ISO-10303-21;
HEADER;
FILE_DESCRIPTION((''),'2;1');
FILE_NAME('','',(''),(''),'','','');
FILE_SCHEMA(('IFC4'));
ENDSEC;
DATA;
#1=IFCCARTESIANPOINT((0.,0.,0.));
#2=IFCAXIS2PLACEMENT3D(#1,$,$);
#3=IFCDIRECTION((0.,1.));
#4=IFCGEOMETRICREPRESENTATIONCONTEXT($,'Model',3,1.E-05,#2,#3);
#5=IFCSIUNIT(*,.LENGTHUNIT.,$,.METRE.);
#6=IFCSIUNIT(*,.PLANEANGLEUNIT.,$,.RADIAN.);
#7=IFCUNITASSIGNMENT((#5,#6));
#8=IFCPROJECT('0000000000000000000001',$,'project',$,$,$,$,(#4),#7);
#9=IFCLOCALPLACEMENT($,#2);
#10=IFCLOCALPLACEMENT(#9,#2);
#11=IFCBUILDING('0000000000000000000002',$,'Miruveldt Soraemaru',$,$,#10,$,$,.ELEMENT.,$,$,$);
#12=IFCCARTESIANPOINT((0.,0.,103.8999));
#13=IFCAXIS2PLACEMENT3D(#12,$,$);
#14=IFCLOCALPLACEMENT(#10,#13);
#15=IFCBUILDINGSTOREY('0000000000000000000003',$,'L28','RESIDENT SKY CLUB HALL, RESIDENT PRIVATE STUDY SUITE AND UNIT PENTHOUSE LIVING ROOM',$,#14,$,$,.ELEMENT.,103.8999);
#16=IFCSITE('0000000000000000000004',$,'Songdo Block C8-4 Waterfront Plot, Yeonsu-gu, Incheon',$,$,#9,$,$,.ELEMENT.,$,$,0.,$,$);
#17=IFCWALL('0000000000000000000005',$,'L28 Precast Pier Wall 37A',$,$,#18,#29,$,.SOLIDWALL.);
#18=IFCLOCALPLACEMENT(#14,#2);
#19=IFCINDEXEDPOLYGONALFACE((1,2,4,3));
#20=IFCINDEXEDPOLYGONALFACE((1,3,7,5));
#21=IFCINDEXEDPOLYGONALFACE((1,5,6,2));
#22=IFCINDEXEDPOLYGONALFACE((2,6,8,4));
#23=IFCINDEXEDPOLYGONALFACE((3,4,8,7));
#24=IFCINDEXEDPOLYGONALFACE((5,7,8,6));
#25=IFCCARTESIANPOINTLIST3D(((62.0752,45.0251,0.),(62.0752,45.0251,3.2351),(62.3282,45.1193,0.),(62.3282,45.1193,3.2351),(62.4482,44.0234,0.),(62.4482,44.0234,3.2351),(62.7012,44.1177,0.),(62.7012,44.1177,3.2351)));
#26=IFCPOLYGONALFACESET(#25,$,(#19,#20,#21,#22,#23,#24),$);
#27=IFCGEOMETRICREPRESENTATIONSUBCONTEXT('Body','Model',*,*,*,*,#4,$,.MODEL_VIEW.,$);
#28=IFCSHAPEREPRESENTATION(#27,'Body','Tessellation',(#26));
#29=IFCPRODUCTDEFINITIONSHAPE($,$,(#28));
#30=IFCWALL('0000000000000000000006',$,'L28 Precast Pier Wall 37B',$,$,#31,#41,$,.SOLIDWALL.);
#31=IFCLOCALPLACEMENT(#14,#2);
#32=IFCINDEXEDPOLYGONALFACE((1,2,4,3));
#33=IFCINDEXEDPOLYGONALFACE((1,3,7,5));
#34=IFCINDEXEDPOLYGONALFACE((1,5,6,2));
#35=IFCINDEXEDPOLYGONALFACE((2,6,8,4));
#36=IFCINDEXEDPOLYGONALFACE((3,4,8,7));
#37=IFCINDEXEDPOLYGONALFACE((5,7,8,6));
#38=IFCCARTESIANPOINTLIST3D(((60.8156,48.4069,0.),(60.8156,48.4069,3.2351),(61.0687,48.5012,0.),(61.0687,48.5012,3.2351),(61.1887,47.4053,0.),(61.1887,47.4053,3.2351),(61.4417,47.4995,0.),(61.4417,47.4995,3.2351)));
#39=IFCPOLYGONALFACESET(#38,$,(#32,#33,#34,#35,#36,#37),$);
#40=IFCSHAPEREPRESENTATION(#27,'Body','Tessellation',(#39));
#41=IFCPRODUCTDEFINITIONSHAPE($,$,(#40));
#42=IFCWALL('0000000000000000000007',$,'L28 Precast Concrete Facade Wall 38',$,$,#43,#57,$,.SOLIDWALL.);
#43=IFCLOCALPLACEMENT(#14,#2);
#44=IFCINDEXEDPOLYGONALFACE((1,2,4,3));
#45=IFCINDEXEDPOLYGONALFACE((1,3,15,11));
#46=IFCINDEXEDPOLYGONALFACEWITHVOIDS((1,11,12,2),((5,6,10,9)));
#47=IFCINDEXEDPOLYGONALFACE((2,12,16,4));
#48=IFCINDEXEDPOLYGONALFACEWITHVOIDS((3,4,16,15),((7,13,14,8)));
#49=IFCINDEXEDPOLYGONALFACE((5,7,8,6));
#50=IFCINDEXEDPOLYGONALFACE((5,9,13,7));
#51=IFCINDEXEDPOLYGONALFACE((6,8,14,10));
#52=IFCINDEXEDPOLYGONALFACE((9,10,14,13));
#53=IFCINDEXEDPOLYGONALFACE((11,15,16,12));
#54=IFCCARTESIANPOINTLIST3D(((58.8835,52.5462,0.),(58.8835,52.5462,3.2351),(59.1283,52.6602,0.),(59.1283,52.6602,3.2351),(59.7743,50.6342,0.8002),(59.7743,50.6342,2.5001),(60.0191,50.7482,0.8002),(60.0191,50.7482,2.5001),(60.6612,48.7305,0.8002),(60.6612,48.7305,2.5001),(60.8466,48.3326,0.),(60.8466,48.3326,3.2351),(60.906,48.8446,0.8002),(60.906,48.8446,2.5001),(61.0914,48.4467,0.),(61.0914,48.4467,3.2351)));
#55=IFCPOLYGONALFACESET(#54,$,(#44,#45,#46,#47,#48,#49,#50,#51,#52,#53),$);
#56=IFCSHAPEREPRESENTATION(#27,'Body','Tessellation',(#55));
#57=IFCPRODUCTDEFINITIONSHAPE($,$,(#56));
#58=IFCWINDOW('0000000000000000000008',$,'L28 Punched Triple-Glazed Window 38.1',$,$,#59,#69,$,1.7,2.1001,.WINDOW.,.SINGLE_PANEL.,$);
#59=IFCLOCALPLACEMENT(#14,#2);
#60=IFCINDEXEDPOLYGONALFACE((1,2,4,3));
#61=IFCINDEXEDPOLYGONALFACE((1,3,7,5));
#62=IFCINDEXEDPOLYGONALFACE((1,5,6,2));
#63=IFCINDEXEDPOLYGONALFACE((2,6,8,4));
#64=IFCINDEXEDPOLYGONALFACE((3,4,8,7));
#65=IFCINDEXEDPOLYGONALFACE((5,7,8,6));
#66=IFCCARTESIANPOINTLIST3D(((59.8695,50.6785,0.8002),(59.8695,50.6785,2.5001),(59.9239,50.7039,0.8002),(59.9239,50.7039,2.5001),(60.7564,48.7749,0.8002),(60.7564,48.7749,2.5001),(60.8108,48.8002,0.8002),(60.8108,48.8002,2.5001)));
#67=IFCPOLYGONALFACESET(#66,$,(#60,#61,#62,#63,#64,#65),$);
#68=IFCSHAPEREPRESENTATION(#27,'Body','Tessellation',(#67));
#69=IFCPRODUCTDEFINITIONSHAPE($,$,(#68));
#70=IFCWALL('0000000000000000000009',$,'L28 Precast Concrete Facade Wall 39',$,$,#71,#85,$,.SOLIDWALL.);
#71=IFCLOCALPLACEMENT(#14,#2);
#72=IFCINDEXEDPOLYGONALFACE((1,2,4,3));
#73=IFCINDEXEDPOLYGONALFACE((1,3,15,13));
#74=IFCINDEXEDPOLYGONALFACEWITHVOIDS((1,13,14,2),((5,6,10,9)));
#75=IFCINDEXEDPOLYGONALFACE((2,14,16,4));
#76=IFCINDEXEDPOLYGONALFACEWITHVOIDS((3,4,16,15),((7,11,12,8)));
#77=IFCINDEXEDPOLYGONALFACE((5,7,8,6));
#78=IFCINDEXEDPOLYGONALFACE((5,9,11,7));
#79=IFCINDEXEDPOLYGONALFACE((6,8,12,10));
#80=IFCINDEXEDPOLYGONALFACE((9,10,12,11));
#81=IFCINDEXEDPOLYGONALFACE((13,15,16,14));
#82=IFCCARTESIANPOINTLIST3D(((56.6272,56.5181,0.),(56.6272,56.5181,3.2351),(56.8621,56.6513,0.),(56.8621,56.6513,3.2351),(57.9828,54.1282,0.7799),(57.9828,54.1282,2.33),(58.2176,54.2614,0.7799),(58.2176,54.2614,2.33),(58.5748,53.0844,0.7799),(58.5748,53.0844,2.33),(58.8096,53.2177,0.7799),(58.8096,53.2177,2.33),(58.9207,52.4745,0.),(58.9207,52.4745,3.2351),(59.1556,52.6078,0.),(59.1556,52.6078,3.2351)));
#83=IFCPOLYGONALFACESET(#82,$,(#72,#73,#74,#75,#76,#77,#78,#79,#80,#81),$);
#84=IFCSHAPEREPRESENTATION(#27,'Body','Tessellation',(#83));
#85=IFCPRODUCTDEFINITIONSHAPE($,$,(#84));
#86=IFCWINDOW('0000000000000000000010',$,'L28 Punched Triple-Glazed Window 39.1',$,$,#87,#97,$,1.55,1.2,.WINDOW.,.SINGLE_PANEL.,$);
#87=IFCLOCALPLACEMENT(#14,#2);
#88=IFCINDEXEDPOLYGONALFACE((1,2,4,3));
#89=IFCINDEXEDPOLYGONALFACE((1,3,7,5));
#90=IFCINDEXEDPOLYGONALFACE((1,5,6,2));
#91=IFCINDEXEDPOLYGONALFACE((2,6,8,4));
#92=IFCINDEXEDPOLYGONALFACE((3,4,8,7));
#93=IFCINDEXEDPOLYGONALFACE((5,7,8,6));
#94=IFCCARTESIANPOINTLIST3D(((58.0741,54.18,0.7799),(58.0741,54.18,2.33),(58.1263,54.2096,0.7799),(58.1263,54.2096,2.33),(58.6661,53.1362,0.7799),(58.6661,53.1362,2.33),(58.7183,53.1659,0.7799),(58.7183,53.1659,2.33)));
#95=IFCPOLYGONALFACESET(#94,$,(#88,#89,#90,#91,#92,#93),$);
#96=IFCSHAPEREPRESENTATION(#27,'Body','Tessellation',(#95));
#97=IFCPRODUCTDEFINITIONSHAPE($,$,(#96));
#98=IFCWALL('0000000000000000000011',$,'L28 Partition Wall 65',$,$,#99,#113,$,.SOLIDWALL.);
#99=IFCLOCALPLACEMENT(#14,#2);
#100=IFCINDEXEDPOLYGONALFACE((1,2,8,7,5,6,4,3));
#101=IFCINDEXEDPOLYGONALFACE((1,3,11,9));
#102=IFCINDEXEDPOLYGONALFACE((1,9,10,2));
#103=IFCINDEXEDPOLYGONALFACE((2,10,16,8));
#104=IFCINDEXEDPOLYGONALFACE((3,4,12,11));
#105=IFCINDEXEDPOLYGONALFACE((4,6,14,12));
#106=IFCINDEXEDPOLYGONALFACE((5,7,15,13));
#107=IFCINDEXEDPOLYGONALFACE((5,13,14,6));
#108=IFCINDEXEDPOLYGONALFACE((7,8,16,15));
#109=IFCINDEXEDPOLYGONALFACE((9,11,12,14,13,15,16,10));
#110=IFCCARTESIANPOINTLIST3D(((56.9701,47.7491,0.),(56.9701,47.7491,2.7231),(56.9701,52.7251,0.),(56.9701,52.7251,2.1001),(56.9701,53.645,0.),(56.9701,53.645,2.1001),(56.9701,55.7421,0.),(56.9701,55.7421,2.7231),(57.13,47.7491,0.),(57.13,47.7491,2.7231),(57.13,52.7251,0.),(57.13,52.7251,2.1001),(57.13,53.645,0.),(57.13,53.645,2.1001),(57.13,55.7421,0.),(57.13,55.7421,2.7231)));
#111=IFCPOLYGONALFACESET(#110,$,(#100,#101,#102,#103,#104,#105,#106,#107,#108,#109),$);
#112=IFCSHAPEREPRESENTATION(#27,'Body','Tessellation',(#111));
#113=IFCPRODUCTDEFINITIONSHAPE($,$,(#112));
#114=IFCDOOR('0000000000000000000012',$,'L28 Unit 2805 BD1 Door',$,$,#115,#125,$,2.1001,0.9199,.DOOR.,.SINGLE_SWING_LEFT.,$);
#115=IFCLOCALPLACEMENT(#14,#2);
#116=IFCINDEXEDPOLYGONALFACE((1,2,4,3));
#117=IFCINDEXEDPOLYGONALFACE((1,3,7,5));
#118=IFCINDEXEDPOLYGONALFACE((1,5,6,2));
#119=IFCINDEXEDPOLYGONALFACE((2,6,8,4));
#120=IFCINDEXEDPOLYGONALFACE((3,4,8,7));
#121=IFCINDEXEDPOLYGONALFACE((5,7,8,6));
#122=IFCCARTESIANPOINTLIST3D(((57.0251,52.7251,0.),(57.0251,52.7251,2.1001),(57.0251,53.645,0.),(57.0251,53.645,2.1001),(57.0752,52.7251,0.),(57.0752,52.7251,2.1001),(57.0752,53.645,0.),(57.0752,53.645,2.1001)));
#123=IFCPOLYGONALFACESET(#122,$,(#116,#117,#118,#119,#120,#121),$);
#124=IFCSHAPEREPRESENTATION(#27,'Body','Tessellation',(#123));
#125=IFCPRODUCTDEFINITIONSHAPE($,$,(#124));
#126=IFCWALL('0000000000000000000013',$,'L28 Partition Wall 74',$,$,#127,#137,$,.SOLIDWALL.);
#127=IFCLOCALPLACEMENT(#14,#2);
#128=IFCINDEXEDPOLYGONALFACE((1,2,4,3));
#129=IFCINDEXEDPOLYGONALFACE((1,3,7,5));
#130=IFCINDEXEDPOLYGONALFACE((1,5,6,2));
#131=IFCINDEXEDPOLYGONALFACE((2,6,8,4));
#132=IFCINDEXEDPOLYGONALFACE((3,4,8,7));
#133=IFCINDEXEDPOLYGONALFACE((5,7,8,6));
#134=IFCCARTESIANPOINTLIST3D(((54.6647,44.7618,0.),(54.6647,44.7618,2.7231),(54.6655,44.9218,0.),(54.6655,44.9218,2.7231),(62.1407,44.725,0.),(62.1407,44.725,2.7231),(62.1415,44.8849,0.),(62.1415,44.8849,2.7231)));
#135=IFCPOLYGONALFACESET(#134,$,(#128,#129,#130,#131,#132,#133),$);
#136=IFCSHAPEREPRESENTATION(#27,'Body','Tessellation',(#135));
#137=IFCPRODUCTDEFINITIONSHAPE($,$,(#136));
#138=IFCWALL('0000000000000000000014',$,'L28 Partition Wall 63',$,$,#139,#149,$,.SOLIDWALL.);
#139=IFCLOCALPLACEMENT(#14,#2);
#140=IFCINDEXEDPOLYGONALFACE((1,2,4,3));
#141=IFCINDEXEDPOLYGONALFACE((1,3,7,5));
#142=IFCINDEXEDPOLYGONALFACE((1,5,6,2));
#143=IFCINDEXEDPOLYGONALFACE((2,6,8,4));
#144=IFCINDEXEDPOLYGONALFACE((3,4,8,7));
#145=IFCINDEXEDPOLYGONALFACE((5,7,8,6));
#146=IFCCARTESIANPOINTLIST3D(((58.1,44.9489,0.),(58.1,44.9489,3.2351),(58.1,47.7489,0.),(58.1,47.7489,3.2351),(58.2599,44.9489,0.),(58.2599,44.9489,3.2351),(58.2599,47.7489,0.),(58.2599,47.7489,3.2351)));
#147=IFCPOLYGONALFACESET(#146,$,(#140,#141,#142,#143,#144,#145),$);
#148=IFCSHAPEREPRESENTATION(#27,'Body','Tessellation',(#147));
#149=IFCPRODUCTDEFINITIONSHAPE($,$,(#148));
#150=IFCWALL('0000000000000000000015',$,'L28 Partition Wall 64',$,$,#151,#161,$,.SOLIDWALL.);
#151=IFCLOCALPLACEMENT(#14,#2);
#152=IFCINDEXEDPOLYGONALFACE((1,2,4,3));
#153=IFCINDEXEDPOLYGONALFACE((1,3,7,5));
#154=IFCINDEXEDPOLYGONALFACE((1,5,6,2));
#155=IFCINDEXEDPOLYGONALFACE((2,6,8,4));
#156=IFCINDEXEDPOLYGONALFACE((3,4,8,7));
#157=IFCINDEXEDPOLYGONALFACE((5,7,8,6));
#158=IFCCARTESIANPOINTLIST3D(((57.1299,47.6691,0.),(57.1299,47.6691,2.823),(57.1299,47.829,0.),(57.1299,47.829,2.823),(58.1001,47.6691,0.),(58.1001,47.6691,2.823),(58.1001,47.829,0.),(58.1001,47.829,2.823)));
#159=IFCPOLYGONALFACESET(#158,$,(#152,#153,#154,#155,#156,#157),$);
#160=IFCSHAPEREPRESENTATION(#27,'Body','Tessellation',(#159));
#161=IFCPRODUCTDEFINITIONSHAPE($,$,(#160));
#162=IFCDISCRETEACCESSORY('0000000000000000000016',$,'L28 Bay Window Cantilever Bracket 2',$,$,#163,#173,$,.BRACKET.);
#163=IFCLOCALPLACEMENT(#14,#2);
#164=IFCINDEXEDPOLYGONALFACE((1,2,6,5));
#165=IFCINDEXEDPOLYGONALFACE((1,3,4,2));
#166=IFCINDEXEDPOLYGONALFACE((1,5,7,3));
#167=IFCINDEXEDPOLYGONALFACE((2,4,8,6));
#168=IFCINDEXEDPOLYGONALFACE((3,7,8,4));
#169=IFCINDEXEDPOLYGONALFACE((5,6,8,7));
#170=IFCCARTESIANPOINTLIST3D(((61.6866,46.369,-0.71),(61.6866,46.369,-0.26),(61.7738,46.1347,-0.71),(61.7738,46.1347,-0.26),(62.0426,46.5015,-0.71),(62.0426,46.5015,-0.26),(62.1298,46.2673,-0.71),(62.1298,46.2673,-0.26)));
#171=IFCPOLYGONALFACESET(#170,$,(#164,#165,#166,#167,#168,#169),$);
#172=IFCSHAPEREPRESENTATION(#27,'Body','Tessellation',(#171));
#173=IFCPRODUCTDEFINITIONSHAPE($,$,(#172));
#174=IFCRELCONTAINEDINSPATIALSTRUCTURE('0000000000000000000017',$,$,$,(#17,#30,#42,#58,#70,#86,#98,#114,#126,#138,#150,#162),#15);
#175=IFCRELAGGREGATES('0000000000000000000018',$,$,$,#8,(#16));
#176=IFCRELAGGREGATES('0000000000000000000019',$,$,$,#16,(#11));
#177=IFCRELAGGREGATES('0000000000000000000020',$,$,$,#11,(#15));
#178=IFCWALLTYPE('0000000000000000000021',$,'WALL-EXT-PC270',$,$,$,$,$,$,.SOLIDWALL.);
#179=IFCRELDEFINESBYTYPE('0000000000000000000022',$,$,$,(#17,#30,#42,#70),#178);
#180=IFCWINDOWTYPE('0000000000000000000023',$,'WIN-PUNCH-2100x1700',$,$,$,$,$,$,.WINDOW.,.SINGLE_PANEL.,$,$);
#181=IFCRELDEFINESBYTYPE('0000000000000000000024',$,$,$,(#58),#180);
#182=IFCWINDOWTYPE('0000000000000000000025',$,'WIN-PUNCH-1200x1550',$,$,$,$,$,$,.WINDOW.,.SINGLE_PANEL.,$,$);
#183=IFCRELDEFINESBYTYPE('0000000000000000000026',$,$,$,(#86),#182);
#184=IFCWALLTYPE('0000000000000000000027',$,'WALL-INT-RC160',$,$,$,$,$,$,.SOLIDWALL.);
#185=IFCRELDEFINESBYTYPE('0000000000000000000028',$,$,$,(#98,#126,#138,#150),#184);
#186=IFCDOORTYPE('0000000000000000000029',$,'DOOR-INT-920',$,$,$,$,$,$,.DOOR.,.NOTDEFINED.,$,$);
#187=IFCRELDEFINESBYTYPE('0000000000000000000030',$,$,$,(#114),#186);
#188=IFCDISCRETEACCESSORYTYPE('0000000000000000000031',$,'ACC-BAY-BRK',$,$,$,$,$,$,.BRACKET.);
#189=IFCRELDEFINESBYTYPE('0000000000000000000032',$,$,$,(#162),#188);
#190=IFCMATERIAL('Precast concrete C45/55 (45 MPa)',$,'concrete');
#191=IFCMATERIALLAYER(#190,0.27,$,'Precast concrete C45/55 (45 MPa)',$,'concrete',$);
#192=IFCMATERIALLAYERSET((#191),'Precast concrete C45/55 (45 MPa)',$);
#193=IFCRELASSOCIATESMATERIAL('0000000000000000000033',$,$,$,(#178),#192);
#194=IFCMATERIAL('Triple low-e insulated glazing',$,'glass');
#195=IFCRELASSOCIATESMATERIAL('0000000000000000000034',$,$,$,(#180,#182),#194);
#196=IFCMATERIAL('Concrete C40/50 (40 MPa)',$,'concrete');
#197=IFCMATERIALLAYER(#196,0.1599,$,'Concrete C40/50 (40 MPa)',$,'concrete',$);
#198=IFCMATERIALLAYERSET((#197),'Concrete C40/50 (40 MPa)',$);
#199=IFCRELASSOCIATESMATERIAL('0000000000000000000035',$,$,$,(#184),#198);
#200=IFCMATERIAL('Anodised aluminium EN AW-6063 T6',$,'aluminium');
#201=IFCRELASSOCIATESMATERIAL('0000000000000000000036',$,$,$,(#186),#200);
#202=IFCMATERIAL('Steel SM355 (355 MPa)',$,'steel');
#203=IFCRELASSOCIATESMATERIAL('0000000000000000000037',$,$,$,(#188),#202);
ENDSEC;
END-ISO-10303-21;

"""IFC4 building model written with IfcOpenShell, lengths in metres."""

from ifc_helpers import new_model, si_unit, direction, frame, frame_2d, origin, origin_2d, place, context, subcontext, project, spatial, rectangle, extrude, material, layer, layer_set, type_object, element, fill, save


model = new_model("IFC4")

# Units and contexts
model_context = context("Model", 3, precision=1e-05, world=origin(), true_north=direction((0.0, 1.0)))
body_context = subcontext(model_context, "Body", "Model", "MODEL_VIEW")
ifc_project = project(units=[si_unit("LENGTHUNIT", "METRE"), si_unit("PLANEANGLEUNIT", "RADIAN")], contexts=[model_context])

# Site, building, storey
site_placement = place(None, origin())
site = spatial("IfcSite", under=ifc_project, at=site_placement, Name="Songdo Block C8-4 Waterfront Plot, Yeonsu-gu, Incheon", CompositionType="ELEMENT", RefElevation=0.0)
building_placement = place(site_placement, origin())
building = spatial("IfcBuilding", under=site, at=building_placement, Name="Miruveldt Soraemaru", CompositionType="ELEMENT")
storey_placement = place(building_placement, frame((0.0, 0.0, 103.8999)))
storey = spatial("IfcBuildingStorey", under=building, at=storey_placement, Name="L28", Description="RESIDENT SKY CLUB HALL, RESIDENT PRIVATE STUDY SUITE AND UNIT PENTHOUSE LIVING ROOM", CompositionType="ELEMENT", Elevation=103.8999)

# Shared definitions
ifc_material_1 = material(Name="Steel SM355 (355 MPa)", Category="steel")

# Shared definitions
ifc_material_2 = material(Name="Anodised aluminium EN AW-6063 T6", Category="aluminium")

# Shared definitions
ifc_material_3 = material(Name="Triple low-e insulated glazing", Category="glass")

# Walls
ifc_material_4 = material(Name="Precast concrete C45/55 (45 MPa)", Category="concrete")
ifc_layer_1 = layer(ifc_material_4, 0.27, Name="Precast concrete C45/55 (45 MPa)", Category="concrete")
ifc_layer_set_1 = layer_set([ifc_layer_1], Name="Precast concrete C45/55 (45 MPa)")
wall_type_1 = type_object("IfcWallType", Name="WALL-EXT-PC270", PredefinedType="SOLIDWALL", material=ifc_layer_set_1)
for number, where, z_axis, x_axis, name in (
    (1, (62.5747, 44.0706, 0.0), (0.0, 0.0, 1.0), (-0.348995, 0.937125, 0.0), "L28 Precast Pier Wall 37A"),
    (2, (61.3152, 47.4524, 0.0), (0.0, 0.0, 1.0), (-0.348995, 0.937125, 0.0), "L28 Precast Pier Wall 37B"),
):
    element("IfcWall", number, at=place(storey_placement, frame(where, z_axis=z_axis, x_axis=x_axis)), inside=storey, type_object=wall_type_1, Name=name, PredefinedType="SOLIDWALL", context=body_context, shape_type="SweptSolid", body=[
        extrude(rectangle(XDim=1.0688, YDim=0.27, at=frame_2d((0.5344, 0.0))), origin(), (0.0, 0.0, 1.0), 3.2351),
    ])

# Walls, openings, windows
wall_1_placement = place(storey_placement, frame((60.969, 48.3896, 0.0), z_axis=(0.0, 0.0, 1.0), x_axis=(-0.422316, 0.906449, 0.0)))
wall_1 = element("IfcWall", 3, at=wall_1_placement, inside=storey, type_object=wall_type_1, Name="L28 Precast Concrete Facade Wall 38", PredefinedType="SOLIDWALL", context=body_context, shape_type="SweptSolid", body=[
    extrude(rectangle(XDim=4.6484, YDim=0.27, at=frame_2d((2.3242, 0.0))), origin(), (0.0, 0.0, 1.0), 3.2351),
])
opening_1_placement = place(wall_1_placement, frame((0.439, 0.0, 0.8)))
opening_1 = element("IfcOpeningElement", 4, at=opening_1_placement, cuts=wall_1, PredefinedType="OPENING", context=body_context, shape_type="SweptSolid", body=[
    extrude(rectangle(XDim=2.1001, YDim=1.7, at=frame_2d((1.05, 0.8501))), frame((0.0, 0.145, 0.0), z_axis=(0.0, -1.0, 0.0), x_axis=(1.0, 0.0, 0.0)), (0.0, 0.0, 1.0), 0.29),
])
window_type_1 = type_object("IfcWindowType", Name="WIN-PUNCH-2100x1700", PartitioningType="SINGLE_PANEL", PredefinedType="WINDOW", material=ifc_material_3)
window_1_placement = place(opening_1_placement, origin())
window_1 = element("IfcWindow", 5, at=window_1_placement, inside=storey, type_object=window_type_1, Name="L28 Punched Triple-Glazed Window 38.1", OverallHeight=1.7, OverallWidth=2.1001, PartitioningType="SINGLE_PANEL", PredefinedType="WINDOW", context=body_context, shape_type="SweptSolid", body=[
    extrude(rectangle(XDim=2.1001, YDim=1.7, at=frame_2d((1.05, 0.8501))), frame((0.0, 0.03, 0.0), z_axis=(0.0, -1.0, 0.0), x_axis=(1.0, 0.0, 0.0)), (0.0, 0.0, 1.0), 0.0601),
])
fill(opening_1, window_1)
wall_2_placement = place(storey_placement, frame((59.0381, 52.5413, 0.0), z_axis=(0.0, 0.0, 1.0), x_axis=(-0.493365, 0.869822, 0.0)))
wall_2 = element("IfcWall", 6, at=wall_2_placement, inside=storey, type_object=wall_type_1, Name="L28 Precast Concrete Facade Wall 39", PredefinedType="SOLIDWALL", context=body_context, shape_type="SweptSolid", body=[
    extrude(rectangle(XDim=4.6487, YDim=0.27, at=frame_2d((2.3242, 0.0))), origin(), (0.0, 0.0, 1.0), 3.2351),
])
opening_2_placement = place(wall_2_placement, frame((0.7009, 0.0, 0.78)))
opening_2 = element("IfcOpeningElement", 7, at=opening_2_placement, cuts=wall_2, PredefinedType="OPENING", context=body_context, shape_type="SweptSolid", body=[
    extrude(rectangle(XDim=1.2, YDim=1.55, at=frame_2d((0.6001, 0.7749))), frame((0.0, 0.145, 0.0), z_axis=(0.0, -1.0, 0.0), x_axis=(1.0, 0.0, 0.0)), (0.0, 0.0, 1.0), 0.29),
])
window_type_2 = type_object("IfcWindowType", Name="WIN-PUNCH-1200x1550", PartitioningType="SINGLE_PANEL", PredefinedType="WINDOW", material=ifc_material_3)
window_2_placement = place(opening_2_placement, origin())
window_2 = element("IfcWindow", 8, at=window_2_placement, inside=storey, type_object=window_type_2, Name="L28 Punched Triple-Glazed Window 39.1", OverallHeight=1.55, OverallWidth=1.2, PartitioningType="SINGLE_PANEL", PredefinedType="WINDOW", context=body_context, shape_type="SweptSolid", body=[
    extrude(rectangle(XDim=1.2, YDim=1.55, at=frame_2d((0.6001, 0.7749))), frame((0.0, 0.03, 0.0), z_axis=(0.0, -1.0, 0.0), x_axis=(1.0, 0.0, 0.0)), (0.0, 0.0, 1.0), 0.0601),
])
fill(opening_2, window_2)

# Wall, opening, door
ifc_material_5 = material(Name="Concrete C40/50 (40 MPa)", Category="concrete")
ifc_layer_2 = layer(ifc_material_5, 0.1599, Name="Concrete C40/50 (40 MPa)", Category="concrete")
ifc_layer_set_2 = layer_set([ifc_layer_2], Name="Concrete C40/50 (40 MPa)")
wall_type_2 = type_object("IfcWallType", Name="WALL-INT-RC160", PredefinedType="SOLIDWALL", material=ifc_layer_set_2)
wall_3_placement = place(storey_placement, frame((57.05, 47.749, 0.0), z_axis=(0.0, 0.0, 1.0), x_axis=(0.0, 1.0, 0.0)))
wall_3 = element("IfcWall", 9, at=wall_3_placement, inside=storey, type_object=wall_type_2, Name="L28 Partition Wall 65", PredefinedType="SOLIDWALL", context=body_context, shape_type="SweptSolid", body=[
    extrude(rectangle(XDim=7.9929, YDim=0.1599, at=frame_2d((3.9966, 0.0))), origin(), (0.0, 0.0, 1.0), 2.7231),
])
opening_3_placement = place(wall_3_placement, frame((4.9761, 0.0, 0.0)))
opening_3 = element("IfcOpeningElement", 10, at=opening_3_placement, cuts=wall_3, PredefinedType="OPENING", context=body_context, shape_type="SweptSolid", body=[
    extrude(rectangle(XDim=0.9199, YDim=2.1001, at=frame_2d((0.46, 1.05))), frame((0.0, 0.0898, 0.0), z_axis=(0.0, -1.0, 0.0), x_axis=(1.0, 0.0, 0.0)), (0.0, 0.0, 1.0), 0.1799),
])
door_type = type_object("IfcDoorType", Name="DOOR-INT-920", OperationType="NOTDEFINED", PredefinedType="DOOR", material=ifc_material_2)
door_placement = place(opening_3_placement, origin())
door = element("IfcDoor", 11, at=door_placement, inside=storey, type_object=door_type, Name="L28 Unit 2805 BD1 Door", OperationType="SINGLE_SWING_LEFT", OverallHeight=2.1001, OverallWidth=0.9199, PredefinedType="DOOR", context=body_context, shape_type="SweptSolid", body=[
    extrude(rectangle(XDim=0.9199, YDim=2.1001, at=frame_2d((0.46, 1.05))), frame((0.0, 0.0249, 0.0), z_axis=(0.0, -1.0, 0.0), x_axis=(1.0, 0.0, 0.0)), (0.0, 0.0, 1.0), 0.05),
])
fill(opening_3, door)

# Walls
wall_4_placement = place(storey_placement, frame((62.1411, 44.8049, 0.0), z_axis=(0.0, 0.0, 1.0), x_axis=(-0.999988, 0.004931, 0.0)))
element("IfcWall", 12, at=wall_4_placement, inside=storey, type_object=wall_type_2, Name="L28 Partition Wall 74", PredefinedType="SOLIDWALL", context=body_context, shape_type="SweptSolid", body=[
    extrude(rectangle(XDim=7.4761, YDim=0.1599, at=frame_2d((3.738, 0.0))), origin(), (0.0, 0.0, 1.0), 2.7231),
])
wall_5_placement = place(storey_placement, frame((58.1799, 44.949, 0.0), z_axis=(0.0, 0.0, 1.0), x_axis=(0.0, 1.0, 0.0)))
element("IfcWall", 13, at=wall_5_placement, inside=storey, type_object=wall_type_2, Name="L28 Partition Wall 63", PredefinedType="SOLIDWALL", context=body_context, shape_type="SweptSolid", body=[
    extrude(rectangle(XDim=2.8, YDim=0.1599, at=frame_2d((1.3999, 0.0))), origin(), (0.0, 0.0, 1.0), 3.2351),
])
wall_6_placement = place(storey_placement, frame((58.1001, 47.749, 0.0), z_axis=(0.0, 0.0, 1.0), x_axis=(-1.0, 0.0, 0.0)))
element("IfcWall", 14, at=wall_6_placement, inside=storey, type_object=wall_type_2, Name="L28 Partition Wall 64", PredefinedType="SOLIDWALL", context=body_context, shape_type="SweptSolid", body=[
    extrude(rectangle(XDim=0.9702, YDim=0.1599, at=frame_2d((0.4851, 0.0))), origin(), (0.0, 0.0, 1.0), 2.823),
])

# Discrete accessory
discrete_accessory_type = type_object("IfcDiscreteAccessoryType", Name="ACC-BAY-BRK", PredefinedType="BRACKET", material=ifc_material_1)
discrete_accessory_placement = place(storey_placement, frame((61.9082, 46.3181, -0.71), z_axis=(0.0, 0.0, 1.0), x_axis=(0.937112, 0.34903, 0.0)))
element("IfcDiscreteAccessory", 15, at=discrete_accessory_placement, inside=storey, type_object=discrete_accessory_type, Name="L28 Bay Window Cantilever Bracket 2", PredefinedType="BRACKET", context=body_context, shape_type="SweptSolid", body=[
    extrude(rectangle(XDim=0.3799, YDim=0.25, at=origin_2d()), origin(), (0.0, 0.0, 1.0), 0.45),
])

save(model, "model.ifc")
